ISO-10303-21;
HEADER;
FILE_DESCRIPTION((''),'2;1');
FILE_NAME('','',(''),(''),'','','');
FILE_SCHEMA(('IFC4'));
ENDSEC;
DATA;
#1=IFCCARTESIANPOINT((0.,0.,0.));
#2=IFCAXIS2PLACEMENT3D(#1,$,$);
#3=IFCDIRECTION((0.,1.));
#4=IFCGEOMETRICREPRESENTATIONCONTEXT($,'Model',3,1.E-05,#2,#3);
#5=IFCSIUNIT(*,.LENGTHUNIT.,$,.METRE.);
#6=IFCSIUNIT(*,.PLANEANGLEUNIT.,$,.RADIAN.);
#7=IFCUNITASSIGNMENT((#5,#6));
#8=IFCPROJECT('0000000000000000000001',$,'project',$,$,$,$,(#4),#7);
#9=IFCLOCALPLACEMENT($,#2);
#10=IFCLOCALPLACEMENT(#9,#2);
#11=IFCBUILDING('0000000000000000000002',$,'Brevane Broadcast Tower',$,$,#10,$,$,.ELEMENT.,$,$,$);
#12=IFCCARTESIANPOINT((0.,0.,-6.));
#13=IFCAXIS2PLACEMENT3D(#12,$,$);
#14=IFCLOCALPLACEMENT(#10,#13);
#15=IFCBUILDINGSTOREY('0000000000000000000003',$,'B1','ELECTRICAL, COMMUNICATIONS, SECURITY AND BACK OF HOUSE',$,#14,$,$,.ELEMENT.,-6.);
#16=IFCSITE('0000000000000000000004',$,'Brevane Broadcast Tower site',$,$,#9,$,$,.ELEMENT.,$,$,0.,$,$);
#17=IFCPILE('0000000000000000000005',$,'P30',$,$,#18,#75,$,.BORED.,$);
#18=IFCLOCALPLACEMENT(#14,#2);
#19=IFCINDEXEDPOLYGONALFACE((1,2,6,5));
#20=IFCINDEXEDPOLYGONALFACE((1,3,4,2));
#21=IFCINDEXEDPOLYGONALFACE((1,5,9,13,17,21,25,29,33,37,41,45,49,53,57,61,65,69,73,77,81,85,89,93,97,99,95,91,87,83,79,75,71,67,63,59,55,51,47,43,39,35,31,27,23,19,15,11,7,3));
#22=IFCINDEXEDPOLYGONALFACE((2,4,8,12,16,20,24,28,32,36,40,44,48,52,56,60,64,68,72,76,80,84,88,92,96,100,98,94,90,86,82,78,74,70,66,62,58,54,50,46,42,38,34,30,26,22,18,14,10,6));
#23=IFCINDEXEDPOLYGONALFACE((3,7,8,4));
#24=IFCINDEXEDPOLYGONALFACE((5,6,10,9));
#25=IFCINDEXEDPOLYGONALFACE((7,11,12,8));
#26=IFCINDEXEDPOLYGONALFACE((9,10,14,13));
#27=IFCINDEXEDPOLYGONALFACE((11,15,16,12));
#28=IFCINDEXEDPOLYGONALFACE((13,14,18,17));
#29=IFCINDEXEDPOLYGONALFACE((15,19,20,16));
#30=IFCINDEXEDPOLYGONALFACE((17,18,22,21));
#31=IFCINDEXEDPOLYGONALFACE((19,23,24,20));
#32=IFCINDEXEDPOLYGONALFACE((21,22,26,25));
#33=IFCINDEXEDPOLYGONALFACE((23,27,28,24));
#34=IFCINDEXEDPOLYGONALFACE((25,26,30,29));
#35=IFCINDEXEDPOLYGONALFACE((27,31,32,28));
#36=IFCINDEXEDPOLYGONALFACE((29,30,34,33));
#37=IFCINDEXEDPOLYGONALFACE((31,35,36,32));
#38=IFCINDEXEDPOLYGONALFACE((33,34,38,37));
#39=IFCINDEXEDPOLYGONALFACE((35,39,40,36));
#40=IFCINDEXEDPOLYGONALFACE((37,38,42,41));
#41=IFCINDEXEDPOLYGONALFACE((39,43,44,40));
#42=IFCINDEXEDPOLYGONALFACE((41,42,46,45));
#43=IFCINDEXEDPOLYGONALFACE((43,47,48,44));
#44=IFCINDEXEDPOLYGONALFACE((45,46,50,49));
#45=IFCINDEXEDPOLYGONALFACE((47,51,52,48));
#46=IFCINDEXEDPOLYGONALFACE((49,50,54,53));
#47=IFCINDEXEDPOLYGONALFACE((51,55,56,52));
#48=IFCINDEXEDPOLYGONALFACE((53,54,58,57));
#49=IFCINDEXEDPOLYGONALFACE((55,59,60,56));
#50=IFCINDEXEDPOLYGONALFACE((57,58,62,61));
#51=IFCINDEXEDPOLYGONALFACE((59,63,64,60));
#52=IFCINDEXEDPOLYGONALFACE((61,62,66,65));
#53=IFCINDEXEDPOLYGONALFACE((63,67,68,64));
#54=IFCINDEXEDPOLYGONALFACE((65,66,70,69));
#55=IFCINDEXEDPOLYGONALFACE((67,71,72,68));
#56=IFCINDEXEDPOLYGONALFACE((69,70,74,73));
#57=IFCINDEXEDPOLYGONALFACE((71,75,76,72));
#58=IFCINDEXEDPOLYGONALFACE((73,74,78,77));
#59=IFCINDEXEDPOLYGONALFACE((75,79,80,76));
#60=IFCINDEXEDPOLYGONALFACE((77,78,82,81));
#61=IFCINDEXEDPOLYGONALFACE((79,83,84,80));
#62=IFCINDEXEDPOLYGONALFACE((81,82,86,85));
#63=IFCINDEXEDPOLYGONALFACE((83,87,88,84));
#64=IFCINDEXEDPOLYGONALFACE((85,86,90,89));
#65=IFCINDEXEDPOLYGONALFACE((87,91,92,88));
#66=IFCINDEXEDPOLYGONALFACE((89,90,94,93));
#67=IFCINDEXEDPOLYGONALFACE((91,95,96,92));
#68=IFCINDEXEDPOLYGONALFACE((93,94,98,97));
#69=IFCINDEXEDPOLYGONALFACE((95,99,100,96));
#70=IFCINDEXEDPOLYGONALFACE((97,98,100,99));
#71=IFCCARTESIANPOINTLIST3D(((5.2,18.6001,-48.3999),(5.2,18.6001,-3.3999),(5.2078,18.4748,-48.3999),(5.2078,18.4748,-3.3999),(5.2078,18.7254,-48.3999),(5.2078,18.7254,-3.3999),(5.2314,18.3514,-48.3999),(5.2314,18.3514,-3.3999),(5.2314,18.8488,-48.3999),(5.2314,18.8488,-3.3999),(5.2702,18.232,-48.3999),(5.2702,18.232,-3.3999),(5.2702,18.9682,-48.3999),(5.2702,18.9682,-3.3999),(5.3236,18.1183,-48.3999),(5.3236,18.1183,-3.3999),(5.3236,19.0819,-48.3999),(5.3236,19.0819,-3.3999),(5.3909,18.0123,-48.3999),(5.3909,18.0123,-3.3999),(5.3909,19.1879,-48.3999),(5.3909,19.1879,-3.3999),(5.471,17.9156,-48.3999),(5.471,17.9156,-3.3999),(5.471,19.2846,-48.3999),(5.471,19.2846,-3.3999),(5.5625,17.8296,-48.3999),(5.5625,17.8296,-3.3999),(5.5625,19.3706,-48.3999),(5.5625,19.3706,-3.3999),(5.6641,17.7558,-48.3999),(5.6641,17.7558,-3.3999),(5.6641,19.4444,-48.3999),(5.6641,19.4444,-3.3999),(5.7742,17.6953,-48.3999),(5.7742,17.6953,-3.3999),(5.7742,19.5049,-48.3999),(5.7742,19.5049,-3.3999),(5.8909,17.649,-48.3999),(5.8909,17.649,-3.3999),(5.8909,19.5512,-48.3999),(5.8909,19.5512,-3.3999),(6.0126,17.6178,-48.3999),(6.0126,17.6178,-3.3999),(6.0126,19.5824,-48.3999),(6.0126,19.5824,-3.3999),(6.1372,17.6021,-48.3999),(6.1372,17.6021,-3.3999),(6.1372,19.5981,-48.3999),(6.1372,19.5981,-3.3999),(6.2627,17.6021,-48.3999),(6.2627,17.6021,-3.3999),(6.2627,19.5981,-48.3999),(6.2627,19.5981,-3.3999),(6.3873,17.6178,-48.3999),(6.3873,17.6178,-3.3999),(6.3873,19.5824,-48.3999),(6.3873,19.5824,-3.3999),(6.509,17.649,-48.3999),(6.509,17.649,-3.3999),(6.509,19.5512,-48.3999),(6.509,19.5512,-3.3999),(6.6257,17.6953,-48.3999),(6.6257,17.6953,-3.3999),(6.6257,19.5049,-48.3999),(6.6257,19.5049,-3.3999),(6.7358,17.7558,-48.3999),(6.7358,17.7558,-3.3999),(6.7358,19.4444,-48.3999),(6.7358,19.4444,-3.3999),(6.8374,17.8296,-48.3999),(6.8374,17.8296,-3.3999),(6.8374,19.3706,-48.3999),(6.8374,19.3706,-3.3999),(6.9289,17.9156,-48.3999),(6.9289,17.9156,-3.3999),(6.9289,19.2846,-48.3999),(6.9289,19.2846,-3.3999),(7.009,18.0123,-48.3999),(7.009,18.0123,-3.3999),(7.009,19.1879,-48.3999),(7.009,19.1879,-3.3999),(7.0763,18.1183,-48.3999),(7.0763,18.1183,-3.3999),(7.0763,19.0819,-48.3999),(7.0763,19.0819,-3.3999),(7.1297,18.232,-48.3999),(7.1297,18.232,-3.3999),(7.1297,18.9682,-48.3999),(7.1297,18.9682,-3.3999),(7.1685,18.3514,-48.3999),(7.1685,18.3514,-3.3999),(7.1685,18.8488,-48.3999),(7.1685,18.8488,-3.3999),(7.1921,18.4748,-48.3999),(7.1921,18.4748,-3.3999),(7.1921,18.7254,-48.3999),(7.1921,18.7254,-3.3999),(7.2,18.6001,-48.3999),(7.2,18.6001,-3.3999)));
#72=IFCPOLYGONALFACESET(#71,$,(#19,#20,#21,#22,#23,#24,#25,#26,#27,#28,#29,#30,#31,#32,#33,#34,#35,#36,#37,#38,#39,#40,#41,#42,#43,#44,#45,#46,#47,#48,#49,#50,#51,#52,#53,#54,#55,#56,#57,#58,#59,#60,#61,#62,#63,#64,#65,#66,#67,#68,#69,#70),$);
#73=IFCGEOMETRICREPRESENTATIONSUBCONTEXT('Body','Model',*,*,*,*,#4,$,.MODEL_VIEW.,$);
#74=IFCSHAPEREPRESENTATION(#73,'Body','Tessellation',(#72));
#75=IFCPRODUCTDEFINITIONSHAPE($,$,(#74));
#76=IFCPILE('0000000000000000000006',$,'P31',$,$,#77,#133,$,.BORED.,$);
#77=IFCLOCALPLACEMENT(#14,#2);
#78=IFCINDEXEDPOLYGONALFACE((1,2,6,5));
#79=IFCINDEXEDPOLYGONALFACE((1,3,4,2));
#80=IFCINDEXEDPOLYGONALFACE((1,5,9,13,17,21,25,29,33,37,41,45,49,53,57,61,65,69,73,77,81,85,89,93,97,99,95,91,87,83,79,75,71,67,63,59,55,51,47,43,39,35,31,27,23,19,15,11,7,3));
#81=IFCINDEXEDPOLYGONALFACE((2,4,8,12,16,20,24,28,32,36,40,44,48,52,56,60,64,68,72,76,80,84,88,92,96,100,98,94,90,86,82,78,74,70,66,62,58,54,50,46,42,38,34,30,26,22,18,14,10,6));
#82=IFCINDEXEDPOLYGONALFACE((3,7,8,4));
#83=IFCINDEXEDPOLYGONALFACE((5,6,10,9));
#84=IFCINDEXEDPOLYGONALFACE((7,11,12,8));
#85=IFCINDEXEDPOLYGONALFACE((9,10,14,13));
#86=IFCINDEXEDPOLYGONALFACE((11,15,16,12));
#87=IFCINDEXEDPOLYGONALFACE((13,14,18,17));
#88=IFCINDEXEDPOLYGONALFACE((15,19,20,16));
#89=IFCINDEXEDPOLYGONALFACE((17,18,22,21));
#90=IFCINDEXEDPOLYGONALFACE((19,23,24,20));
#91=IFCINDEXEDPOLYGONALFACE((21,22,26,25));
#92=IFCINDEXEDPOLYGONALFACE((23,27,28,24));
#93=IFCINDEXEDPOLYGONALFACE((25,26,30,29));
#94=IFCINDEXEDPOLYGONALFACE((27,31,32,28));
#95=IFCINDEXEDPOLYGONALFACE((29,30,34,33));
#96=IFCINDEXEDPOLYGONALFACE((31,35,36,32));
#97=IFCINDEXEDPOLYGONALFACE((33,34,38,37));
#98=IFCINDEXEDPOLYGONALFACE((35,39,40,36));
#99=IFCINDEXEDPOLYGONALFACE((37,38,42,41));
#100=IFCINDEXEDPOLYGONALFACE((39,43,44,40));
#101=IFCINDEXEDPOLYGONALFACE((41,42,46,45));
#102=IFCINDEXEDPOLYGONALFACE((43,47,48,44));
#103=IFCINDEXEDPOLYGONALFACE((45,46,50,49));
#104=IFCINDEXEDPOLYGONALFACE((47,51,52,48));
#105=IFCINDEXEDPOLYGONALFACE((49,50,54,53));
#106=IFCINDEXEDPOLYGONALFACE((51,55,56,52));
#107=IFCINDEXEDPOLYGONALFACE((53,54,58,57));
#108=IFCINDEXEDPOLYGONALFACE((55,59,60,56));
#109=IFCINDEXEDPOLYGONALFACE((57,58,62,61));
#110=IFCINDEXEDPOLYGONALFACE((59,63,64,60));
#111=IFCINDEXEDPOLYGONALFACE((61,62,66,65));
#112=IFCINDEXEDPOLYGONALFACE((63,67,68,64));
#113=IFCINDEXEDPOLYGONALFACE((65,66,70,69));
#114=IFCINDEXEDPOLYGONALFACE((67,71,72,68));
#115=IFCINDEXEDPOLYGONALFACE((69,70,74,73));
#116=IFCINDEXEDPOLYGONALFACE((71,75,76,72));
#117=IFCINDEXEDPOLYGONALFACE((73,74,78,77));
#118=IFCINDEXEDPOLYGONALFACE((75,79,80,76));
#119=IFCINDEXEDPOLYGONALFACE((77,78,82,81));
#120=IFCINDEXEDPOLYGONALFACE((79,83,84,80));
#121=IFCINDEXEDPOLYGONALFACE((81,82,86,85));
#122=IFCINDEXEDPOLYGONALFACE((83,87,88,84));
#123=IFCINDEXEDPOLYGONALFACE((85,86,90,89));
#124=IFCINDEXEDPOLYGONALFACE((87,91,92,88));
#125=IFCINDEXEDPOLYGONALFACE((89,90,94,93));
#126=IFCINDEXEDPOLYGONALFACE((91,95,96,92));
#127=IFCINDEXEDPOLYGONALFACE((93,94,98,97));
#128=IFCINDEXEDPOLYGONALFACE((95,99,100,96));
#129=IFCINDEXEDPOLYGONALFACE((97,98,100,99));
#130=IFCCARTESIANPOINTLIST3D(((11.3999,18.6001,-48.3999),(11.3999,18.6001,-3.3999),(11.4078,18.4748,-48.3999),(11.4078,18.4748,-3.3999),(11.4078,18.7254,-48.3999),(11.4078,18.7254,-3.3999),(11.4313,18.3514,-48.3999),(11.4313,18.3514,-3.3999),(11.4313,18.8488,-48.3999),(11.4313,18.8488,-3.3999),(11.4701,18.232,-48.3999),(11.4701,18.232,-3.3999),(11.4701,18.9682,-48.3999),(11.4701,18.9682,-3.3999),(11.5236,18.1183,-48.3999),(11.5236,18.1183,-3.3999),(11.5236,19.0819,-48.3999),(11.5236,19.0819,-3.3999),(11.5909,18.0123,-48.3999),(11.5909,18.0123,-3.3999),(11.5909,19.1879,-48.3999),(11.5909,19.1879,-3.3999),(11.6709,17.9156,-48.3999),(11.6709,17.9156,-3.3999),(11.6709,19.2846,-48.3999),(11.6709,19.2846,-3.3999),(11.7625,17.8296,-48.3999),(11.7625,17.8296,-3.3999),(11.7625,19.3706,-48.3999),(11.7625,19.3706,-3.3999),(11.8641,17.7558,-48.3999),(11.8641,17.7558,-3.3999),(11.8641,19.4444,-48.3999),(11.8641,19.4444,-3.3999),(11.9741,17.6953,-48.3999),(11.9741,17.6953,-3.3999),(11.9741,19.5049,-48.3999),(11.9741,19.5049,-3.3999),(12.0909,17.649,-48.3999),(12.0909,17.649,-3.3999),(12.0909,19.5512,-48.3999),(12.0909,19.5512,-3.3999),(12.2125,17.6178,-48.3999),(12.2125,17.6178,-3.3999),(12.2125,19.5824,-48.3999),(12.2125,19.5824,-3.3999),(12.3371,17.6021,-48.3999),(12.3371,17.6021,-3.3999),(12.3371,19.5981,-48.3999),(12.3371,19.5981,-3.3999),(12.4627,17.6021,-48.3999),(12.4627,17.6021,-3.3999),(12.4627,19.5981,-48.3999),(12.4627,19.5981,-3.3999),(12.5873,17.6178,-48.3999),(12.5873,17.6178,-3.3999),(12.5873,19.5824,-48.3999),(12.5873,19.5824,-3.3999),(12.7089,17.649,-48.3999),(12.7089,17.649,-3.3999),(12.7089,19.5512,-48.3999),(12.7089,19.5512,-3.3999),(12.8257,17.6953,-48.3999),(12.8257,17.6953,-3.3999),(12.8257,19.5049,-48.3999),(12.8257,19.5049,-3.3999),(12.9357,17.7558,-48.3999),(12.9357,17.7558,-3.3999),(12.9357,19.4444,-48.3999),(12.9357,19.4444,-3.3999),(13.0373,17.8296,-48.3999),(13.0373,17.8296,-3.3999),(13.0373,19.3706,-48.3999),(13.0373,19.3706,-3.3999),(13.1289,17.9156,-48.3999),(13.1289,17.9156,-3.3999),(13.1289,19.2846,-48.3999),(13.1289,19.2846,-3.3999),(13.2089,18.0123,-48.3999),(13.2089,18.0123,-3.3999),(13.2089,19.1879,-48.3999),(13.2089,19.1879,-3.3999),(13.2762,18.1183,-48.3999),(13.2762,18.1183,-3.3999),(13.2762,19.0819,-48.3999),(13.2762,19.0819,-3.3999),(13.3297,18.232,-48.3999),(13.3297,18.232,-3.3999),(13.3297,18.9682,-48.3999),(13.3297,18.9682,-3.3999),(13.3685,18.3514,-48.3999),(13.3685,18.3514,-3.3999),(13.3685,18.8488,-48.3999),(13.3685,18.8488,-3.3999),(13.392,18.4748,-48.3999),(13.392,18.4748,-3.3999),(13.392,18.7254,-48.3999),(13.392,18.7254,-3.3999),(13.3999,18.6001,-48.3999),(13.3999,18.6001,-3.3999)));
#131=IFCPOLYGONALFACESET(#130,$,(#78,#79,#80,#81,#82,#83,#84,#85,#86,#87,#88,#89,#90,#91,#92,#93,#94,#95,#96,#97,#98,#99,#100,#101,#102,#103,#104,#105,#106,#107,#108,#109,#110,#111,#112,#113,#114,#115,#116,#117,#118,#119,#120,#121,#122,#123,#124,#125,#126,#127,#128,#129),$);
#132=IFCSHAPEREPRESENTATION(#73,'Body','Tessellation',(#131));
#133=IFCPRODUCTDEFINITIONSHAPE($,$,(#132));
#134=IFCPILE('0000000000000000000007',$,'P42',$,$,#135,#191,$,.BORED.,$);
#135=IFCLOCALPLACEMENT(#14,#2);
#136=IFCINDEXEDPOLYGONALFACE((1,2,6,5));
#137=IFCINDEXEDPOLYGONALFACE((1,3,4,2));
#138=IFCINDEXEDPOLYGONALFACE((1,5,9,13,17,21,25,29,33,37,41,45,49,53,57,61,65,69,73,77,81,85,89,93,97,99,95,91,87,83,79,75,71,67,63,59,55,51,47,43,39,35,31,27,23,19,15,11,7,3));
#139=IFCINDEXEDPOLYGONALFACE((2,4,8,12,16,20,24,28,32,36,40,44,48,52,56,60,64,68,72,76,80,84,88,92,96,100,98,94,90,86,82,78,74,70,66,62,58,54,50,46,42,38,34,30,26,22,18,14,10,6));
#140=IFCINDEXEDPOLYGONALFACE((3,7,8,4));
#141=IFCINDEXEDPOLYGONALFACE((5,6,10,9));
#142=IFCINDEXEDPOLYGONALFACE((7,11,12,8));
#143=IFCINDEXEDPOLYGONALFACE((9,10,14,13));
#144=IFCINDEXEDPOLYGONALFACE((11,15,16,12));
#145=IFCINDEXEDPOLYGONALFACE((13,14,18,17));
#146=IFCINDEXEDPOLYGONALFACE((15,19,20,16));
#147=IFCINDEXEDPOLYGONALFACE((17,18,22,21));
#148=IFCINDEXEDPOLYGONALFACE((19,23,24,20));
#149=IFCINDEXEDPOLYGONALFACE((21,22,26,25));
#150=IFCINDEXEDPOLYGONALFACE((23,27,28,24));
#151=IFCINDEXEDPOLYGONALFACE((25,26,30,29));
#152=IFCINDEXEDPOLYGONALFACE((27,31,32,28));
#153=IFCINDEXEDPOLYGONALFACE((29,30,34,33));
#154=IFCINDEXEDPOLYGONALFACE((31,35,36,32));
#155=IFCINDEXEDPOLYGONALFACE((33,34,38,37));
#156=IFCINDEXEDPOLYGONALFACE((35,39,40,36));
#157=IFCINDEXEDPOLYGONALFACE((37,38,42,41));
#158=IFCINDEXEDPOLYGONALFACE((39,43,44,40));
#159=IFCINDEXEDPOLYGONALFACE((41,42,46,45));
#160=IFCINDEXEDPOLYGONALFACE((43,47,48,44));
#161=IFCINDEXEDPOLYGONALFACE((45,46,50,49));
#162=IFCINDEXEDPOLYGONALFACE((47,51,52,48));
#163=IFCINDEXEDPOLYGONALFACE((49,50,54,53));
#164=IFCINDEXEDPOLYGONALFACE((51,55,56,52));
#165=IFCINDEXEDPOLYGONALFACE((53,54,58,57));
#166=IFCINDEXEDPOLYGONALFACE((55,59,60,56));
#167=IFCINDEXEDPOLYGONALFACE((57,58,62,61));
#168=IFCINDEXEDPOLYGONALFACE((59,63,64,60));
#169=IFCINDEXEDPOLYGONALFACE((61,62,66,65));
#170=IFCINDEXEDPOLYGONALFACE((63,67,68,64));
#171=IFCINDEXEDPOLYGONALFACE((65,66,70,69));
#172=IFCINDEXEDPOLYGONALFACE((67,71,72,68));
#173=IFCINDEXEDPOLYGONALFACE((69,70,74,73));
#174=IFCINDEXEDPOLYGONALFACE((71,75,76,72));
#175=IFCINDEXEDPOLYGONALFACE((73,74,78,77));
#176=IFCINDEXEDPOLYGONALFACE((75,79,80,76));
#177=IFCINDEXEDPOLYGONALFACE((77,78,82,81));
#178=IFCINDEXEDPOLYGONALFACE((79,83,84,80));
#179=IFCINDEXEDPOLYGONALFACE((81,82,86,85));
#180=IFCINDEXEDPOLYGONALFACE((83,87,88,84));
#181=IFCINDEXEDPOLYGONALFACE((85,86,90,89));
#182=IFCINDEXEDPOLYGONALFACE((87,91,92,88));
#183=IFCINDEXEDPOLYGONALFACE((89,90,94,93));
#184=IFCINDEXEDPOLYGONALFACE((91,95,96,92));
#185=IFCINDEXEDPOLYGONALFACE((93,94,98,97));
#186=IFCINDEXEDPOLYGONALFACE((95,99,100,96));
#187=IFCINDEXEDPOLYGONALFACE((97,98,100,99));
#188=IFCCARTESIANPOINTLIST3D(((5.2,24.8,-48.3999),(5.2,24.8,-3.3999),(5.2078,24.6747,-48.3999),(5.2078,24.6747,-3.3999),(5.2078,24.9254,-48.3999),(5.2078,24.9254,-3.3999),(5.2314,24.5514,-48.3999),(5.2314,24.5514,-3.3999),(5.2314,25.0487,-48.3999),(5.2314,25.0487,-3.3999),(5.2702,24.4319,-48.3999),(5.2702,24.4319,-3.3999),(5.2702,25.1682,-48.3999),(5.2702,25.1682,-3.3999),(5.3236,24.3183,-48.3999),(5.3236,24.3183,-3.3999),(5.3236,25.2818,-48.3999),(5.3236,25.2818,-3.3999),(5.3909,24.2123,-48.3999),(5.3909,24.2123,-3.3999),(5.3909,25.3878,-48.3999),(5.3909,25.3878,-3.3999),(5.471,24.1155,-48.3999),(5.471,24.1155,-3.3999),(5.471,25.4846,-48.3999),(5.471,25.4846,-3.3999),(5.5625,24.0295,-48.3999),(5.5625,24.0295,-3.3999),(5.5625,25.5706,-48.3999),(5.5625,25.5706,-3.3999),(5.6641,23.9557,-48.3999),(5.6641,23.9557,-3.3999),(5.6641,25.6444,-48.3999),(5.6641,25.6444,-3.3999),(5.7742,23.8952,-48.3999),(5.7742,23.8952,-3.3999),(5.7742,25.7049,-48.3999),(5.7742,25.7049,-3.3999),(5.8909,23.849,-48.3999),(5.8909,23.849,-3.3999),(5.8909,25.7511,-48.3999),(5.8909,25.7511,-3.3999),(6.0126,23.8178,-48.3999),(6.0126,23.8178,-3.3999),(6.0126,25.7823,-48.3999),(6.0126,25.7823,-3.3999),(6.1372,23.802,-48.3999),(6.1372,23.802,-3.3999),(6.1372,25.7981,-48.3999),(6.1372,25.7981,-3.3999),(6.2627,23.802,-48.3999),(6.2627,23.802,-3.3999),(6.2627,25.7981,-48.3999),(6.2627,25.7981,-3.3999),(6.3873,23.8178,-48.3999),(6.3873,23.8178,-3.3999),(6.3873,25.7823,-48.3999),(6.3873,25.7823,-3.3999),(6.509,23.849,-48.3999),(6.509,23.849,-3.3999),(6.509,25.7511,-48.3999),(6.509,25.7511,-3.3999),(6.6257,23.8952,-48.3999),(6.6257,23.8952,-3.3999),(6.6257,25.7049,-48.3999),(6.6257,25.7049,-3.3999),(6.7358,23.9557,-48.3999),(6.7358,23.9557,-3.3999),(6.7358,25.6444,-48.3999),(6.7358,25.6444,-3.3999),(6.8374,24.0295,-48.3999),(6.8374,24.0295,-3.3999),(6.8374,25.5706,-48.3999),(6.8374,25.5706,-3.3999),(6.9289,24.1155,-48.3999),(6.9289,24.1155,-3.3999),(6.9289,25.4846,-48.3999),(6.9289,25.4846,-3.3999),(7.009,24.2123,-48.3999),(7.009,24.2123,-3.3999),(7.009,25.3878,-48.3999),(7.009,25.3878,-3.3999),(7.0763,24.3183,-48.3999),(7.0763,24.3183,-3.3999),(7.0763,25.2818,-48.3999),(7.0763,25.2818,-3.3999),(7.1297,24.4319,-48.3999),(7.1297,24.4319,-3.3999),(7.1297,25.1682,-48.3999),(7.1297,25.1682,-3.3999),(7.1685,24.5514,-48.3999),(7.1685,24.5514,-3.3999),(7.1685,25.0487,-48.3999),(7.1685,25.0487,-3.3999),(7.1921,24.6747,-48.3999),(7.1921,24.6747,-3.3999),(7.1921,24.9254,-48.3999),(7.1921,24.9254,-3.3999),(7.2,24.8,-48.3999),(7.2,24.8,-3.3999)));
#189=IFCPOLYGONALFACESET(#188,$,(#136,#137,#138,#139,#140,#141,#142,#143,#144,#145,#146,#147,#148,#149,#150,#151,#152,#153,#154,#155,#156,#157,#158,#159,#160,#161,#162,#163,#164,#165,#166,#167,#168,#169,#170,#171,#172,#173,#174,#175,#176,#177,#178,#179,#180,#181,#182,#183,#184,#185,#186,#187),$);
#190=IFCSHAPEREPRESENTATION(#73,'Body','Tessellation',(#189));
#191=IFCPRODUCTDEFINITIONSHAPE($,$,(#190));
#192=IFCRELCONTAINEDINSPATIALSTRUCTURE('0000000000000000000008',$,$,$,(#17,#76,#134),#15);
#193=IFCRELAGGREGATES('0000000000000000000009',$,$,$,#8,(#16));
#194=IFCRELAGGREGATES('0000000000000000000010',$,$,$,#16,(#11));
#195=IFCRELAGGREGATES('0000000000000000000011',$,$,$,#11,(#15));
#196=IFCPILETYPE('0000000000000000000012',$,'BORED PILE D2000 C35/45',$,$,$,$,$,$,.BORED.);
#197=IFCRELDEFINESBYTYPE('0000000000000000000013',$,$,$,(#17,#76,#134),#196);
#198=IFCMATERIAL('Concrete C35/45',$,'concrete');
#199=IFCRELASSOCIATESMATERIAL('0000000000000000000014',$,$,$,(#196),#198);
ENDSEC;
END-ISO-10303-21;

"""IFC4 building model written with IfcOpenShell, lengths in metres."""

from ifc_helpers import new_model, si_unit, direction, frame, origin, origin_2d, place, context, subcontext, project, spatial, circle, extrude, material, material_profile, profile_set, type_object, element, save


model = new_model("IFC4")

# Units and contexts
model_context = context("Model", 3, precision=1e-05, world=origin(), true_north=direction((0.0, 1.0)))
body_context = subcontext(model_context, "Body", "Model", "MODEL_VIEW")
ifc_project = project(units=[si_unit("LENGTHUNIT", "METRE"), si_unit("PLANEANGLEUNIT", "RADIAN")], contexts=[model_context])

# Site, building, storey
site_placement = place(None, origin())
site = spatial("IfcSite", under=ifc_project, at=site_placement, Name="Brevane Broadcast Tower site", CompositionType="ELEMENT", RefElevation=0.0)
building_placement = place(site_placement, origin())
building = spatial("IfcBuilding", under=site, at=building_placement, Name="Brevane Broadcast Tower", CompositionType="ELEMENT")
storey_placement = place(building_placement, frame((0.0, 0.0, -6.0)))
storey = spatial("IfcBuildingStorey", under=building, at=storey_placement, Name="B1", Description="ELECTRICAL, COMMUNICATIONS, SECURITY AND BACK OF HOUSE", CompositionType="ELEMENT", Elevation=-6.0)

# Piles
ifc_material_1 = material(Name="Concrete C35/45", Category="concrete")
ifc_material_profile_1 = material_profile(ifc_material_1, circle(Radius=1.0, at=origin_2d()), Name="RC D2000")
ifc_profile_set_1 = profile_set([ifc_material_profile_1], Name="Concrete C35/45")
pile_type = type_object("IfcPileType", Name="BORED PILE D2000 C35/45", PredefinedType="BORED", material=ifc_profile_set_1)
for number, where, z_axis, x_axis, name in (
    (1, (6.2, 18.6001, -3.3999), (0.0, 0.0, -1.0), (1.0, 0.0, 0.0), "P30"),
    (2, (12.3999, 18.6001, -3.3999), (0.0, 0.0, -1.0), (1.0, 0.0, 0.0), "P31"),
    (3, (6.2, 24.8, -3.3999), (0.0, 0.0, -1.0), (1.0, 0.0, 0.0), "P42"),
):
    element("IfcPile", number, at=place(storey_placement, frame(where, z_axis=z_axis, x_axis=x_axis)), inside=storey, type_object=pile_type, Name=name, PredefinedType="BORED", context=body_context, shape_type="SweptSolid", body=[
        extrude(circle(Radius=1.0, at=origin_2d()), origin(), (0.0, 0.0, 1.0), 45.0),
    ])

save(model, "model.ifc")
